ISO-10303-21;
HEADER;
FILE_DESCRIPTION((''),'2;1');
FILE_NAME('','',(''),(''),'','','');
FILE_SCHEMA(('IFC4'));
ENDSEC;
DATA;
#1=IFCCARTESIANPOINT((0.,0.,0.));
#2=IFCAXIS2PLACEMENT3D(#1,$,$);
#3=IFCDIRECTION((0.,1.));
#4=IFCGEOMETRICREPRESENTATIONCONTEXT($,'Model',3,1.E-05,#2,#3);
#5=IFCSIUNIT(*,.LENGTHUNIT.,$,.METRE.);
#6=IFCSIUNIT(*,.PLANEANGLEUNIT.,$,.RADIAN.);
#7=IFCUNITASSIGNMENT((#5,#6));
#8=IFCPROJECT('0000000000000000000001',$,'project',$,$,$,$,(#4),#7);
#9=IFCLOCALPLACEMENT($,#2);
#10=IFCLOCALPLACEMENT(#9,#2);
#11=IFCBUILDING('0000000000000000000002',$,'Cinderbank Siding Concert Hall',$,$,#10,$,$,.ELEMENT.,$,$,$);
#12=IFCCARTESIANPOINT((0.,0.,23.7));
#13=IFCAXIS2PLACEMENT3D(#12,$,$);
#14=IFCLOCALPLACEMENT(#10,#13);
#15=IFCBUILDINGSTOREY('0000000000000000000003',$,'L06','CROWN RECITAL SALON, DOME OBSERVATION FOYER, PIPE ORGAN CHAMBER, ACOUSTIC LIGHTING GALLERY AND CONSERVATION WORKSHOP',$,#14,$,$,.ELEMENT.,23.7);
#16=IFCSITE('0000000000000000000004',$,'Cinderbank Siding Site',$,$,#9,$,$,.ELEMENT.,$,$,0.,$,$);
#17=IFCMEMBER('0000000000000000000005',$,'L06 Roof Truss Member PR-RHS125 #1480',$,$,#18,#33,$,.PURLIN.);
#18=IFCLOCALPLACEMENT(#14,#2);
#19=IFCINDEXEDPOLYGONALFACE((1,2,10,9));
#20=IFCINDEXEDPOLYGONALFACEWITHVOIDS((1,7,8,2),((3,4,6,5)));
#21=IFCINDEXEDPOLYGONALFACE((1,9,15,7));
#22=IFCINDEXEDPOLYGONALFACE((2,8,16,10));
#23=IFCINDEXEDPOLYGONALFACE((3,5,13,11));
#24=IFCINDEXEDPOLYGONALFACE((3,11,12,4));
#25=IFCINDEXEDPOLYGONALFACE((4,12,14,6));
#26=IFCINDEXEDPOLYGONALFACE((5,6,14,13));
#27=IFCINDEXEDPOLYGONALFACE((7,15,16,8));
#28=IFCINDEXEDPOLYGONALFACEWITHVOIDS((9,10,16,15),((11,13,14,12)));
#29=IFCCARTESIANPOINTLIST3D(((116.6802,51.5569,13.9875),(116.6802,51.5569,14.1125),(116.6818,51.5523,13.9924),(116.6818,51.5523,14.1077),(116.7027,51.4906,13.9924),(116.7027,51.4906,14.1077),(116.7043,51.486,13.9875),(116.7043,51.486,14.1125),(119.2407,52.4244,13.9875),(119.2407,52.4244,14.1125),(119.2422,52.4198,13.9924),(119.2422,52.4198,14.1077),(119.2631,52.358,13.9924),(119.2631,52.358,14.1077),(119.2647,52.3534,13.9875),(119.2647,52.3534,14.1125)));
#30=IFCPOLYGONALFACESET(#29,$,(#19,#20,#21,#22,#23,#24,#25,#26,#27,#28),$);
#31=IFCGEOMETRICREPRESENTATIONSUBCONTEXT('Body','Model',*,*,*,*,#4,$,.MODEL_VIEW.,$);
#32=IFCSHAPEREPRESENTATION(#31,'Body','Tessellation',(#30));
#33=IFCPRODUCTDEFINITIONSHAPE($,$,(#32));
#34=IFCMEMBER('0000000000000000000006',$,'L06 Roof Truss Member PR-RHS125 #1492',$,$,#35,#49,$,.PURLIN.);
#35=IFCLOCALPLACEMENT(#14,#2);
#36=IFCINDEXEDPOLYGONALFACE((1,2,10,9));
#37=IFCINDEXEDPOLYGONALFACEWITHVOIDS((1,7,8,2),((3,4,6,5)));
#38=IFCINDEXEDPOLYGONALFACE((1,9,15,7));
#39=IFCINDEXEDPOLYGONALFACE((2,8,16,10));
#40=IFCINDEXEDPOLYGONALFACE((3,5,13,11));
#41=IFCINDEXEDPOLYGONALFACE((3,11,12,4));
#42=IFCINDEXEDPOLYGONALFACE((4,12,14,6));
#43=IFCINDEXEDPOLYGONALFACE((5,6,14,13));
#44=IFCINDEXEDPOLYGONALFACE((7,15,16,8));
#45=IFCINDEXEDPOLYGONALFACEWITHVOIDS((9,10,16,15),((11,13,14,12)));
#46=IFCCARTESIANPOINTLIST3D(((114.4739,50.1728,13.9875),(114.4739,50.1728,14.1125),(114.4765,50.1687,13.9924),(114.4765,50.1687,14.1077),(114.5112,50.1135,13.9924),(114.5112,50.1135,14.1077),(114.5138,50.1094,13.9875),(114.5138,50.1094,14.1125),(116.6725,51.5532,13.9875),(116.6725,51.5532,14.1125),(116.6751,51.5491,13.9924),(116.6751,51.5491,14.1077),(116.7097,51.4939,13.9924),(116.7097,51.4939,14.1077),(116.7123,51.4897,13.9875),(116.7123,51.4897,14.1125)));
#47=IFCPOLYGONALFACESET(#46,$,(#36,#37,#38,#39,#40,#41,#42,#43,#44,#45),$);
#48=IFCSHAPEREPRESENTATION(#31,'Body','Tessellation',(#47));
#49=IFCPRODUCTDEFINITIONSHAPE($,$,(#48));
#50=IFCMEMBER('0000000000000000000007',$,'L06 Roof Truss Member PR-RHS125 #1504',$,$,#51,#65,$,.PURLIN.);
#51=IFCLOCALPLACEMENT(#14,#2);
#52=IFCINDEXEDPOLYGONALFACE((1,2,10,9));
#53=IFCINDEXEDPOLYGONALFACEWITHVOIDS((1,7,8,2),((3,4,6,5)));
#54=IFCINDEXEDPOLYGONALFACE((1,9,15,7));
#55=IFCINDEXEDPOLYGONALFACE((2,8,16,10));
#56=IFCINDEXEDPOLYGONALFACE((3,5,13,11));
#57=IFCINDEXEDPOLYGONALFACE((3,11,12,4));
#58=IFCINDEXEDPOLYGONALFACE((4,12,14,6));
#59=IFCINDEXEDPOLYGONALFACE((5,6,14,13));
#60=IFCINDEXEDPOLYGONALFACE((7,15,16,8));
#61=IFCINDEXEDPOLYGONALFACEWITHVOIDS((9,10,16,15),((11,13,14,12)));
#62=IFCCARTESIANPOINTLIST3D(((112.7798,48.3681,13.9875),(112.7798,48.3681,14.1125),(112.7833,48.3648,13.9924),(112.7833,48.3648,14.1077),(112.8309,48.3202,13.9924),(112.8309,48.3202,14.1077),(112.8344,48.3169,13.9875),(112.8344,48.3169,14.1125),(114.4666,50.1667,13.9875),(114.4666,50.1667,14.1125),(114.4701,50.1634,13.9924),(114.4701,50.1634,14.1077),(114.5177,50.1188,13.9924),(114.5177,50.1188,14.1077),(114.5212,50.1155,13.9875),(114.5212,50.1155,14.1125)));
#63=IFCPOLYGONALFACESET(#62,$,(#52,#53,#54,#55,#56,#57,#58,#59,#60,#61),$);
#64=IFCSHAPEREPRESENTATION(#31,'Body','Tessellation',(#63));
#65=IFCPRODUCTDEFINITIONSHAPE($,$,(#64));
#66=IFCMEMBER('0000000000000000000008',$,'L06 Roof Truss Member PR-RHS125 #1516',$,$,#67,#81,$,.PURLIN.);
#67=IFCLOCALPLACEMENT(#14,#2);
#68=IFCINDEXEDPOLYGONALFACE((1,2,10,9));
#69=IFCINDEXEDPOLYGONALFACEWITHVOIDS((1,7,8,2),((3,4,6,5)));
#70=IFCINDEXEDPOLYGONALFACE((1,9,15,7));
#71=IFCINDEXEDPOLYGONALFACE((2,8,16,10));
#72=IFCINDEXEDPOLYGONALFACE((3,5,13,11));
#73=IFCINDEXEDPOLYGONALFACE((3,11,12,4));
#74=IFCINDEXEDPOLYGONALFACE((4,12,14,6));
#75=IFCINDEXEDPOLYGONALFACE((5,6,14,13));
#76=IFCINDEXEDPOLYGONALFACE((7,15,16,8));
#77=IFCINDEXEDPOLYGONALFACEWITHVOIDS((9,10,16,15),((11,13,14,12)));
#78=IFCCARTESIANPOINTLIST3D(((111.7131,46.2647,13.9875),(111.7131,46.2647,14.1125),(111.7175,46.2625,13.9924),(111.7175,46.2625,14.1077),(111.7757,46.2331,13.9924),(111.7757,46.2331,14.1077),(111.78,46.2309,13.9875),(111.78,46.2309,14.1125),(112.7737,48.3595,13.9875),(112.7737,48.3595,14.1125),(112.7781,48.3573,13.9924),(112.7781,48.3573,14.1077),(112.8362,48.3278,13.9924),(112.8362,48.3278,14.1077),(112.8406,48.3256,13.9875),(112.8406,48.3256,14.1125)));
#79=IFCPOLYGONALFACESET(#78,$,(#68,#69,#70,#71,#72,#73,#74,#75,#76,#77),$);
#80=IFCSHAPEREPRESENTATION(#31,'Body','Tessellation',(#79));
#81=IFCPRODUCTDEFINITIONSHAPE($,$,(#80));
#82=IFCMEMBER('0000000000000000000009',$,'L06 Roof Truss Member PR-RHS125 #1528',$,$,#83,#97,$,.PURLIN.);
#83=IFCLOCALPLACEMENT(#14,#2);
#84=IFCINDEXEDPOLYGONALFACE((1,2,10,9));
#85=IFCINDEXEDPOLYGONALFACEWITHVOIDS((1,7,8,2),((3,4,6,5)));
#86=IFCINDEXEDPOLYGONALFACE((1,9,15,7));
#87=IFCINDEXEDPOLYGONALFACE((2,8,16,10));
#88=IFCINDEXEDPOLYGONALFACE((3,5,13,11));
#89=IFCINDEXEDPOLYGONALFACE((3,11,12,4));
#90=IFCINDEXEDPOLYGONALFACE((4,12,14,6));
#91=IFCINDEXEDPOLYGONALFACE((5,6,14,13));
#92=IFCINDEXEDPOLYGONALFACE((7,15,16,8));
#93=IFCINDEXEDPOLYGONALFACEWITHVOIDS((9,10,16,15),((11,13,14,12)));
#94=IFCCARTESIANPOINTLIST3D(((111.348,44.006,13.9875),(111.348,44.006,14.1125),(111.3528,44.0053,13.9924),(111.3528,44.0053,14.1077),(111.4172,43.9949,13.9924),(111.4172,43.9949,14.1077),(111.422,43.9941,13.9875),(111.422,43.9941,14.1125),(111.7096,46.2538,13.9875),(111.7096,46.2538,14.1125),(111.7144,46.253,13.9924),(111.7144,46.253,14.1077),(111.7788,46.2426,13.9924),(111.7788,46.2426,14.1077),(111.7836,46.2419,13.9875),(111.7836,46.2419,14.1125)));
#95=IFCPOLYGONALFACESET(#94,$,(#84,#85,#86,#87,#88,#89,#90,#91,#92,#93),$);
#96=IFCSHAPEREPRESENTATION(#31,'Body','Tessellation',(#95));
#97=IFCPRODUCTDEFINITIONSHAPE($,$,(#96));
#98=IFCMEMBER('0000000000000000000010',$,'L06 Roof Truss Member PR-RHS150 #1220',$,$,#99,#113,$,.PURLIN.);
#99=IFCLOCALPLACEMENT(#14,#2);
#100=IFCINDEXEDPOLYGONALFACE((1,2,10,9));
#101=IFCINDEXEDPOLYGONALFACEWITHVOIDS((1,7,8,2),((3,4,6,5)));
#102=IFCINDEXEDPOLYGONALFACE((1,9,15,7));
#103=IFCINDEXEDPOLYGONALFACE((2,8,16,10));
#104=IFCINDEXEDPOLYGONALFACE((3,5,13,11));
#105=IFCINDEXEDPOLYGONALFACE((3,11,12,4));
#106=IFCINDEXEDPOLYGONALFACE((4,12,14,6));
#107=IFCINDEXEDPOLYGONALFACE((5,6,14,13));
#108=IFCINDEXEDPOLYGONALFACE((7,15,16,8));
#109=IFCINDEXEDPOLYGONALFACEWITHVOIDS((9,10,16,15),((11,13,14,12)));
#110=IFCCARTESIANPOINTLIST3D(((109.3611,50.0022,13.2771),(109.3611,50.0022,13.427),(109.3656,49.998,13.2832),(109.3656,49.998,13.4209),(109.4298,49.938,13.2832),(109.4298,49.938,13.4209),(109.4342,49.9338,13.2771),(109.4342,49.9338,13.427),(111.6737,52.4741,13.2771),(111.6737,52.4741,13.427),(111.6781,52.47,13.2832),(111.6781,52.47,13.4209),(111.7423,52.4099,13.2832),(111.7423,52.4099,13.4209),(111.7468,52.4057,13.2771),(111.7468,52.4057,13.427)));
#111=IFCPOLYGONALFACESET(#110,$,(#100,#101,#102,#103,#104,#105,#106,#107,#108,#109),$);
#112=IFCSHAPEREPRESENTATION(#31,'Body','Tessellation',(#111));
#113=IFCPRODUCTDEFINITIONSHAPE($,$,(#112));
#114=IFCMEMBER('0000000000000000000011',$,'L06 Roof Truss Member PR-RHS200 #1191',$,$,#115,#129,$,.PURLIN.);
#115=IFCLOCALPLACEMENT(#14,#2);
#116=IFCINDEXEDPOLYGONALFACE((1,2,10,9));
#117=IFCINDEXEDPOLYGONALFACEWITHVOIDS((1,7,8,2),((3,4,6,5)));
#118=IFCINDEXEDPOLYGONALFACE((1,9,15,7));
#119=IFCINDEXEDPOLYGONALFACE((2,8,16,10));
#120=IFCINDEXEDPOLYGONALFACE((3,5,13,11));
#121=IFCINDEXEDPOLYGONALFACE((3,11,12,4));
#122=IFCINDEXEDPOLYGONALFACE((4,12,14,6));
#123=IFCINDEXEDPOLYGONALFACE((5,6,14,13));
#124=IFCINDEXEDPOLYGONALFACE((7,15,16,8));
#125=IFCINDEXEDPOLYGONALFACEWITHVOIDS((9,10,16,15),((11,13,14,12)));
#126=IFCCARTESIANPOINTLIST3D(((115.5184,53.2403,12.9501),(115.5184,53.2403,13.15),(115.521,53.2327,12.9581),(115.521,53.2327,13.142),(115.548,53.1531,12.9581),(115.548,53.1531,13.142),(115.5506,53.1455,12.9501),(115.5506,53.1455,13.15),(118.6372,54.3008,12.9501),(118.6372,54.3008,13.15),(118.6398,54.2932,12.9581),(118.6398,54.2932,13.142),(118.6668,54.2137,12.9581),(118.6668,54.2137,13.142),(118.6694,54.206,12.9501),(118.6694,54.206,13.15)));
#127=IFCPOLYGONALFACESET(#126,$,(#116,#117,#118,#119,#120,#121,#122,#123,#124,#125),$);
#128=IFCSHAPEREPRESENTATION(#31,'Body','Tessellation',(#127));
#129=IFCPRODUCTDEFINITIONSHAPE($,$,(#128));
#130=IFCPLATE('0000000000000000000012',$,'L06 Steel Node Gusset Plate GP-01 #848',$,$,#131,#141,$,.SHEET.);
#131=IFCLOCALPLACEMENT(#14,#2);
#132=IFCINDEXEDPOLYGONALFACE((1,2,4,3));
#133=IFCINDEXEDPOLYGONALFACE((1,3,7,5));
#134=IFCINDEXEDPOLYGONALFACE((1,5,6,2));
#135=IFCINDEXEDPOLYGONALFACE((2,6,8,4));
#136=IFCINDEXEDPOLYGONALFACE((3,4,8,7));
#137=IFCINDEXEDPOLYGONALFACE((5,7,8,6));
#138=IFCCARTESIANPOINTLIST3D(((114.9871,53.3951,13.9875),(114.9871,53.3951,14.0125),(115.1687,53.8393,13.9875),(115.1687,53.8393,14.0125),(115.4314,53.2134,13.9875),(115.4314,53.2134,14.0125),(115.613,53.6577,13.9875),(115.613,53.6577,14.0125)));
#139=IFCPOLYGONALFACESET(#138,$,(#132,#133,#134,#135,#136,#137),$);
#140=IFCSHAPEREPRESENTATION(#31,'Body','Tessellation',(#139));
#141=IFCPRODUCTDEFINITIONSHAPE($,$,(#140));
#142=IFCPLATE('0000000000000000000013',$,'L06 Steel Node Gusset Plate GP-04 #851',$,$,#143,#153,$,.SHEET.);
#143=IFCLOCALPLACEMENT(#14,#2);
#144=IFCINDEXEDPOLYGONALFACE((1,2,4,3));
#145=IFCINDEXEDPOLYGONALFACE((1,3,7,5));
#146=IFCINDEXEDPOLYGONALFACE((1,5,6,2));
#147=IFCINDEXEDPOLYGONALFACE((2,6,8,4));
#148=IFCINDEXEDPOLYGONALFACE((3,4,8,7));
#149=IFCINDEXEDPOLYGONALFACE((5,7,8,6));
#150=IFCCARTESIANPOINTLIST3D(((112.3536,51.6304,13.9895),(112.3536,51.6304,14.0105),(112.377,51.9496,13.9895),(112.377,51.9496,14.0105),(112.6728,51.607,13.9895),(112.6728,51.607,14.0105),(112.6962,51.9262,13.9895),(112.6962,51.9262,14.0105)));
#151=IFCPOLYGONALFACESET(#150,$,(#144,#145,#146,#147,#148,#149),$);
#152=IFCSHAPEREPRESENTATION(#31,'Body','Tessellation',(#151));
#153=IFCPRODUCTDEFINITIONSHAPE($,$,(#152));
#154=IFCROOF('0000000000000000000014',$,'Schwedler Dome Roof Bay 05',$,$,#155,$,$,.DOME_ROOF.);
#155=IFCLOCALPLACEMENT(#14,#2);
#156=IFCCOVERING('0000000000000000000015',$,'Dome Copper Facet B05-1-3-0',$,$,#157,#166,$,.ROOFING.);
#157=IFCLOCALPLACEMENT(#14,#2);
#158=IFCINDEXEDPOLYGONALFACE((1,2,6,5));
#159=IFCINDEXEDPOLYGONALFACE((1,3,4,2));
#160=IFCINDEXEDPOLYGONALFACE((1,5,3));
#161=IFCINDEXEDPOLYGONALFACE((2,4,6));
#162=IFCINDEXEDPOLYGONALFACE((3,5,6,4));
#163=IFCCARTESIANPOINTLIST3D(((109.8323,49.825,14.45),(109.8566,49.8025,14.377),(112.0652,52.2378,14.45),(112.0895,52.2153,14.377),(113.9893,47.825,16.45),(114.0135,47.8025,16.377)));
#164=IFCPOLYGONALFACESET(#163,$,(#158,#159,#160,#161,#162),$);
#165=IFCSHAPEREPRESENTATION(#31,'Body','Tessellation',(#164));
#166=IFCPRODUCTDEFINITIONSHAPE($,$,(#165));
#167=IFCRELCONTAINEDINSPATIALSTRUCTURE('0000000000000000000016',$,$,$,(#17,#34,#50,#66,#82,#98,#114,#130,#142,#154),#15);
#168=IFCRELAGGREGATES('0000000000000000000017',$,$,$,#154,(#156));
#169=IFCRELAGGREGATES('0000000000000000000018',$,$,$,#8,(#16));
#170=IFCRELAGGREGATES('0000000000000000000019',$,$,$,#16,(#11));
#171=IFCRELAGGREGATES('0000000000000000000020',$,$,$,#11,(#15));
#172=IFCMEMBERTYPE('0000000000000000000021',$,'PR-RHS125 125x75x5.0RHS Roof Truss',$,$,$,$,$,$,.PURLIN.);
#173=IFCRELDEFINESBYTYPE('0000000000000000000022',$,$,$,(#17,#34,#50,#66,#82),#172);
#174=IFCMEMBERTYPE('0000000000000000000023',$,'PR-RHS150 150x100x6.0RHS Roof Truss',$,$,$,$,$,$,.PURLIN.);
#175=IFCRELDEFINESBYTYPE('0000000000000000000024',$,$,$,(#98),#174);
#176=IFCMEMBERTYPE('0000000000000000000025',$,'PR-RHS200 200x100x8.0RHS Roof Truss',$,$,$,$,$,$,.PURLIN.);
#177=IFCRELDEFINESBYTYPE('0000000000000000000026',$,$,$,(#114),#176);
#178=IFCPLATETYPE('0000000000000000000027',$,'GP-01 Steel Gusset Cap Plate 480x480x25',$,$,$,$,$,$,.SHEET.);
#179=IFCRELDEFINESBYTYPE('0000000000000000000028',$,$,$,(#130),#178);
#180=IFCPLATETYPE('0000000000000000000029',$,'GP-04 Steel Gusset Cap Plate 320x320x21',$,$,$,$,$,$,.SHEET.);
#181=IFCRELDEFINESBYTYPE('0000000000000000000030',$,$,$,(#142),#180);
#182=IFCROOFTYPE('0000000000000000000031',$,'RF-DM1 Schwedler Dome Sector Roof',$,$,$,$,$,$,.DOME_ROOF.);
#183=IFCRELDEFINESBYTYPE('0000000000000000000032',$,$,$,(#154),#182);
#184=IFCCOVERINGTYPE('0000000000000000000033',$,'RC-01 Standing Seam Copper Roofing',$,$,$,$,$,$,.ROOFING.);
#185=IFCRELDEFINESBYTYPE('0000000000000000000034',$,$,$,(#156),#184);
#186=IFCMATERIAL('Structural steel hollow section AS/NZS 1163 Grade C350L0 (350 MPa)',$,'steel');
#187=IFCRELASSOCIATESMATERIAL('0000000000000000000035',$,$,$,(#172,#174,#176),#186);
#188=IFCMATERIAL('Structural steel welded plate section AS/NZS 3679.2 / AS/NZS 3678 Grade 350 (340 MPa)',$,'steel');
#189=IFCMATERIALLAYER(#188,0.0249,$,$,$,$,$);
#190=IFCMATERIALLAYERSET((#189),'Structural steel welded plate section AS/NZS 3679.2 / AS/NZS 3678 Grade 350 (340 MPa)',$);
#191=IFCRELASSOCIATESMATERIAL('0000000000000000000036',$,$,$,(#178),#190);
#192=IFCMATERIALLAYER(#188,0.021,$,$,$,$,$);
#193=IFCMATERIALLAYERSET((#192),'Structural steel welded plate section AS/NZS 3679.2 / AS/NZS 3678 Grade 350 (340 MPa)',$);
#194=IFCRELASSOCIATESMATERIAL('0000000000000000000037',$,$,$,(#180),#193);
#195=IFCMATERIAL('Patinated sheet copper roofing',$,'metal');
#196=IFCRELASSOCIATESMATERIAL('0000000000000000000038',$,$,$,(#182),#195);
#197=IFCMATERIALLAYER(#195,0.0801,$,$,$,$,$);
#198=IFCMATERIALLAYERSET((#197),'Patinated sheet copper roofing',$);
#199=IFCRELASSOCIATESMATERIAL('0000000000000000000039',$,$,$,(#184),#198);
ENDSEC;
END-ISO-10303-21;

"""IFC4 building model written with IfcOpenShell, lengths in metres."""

from ifc_helpers import new_model, si_unit, direction, frame, origin, origin_2d, place, context, subcontext, project, spatial, polyline, rectangle, hollow_rectangle, outline, extrude, material, layer, layer_set, material_profile, profile_set, type_object, element, aggregate, save


model = new_model("IFC4")

# Units and contexts
model_context = context("Model", 3, precision=1e-05, world=origin(), true_north=direction((0.0, 1.0)))
body_context = subcontext(model_context, "Body", "Model", "MODEL_VIEW")
ifc_project = project(units=[si_unit("LENGTHUNIT", "METRE"), si_unit("PLANEANGLEUNIT", "RADIAN")], contexts=[model_context])

# Site, building, storey
site_placement = place(None, origin())
site = spatial("IfcSite", under=ifc_project, at=site_placement, Name="Cinderbank Siding Site", CompositionType="ELEMENT", RefElevation=0.0)
building_placement = place(site_placement, origin())
building = spatial("IfcBuilding", under=site, at=building_placement, Name="Cinderbank Siding Concert Hall", CompositionType="ELEMENT")
storey_placement = place(building_placement, frame((0.0, 0.0, 23.7)))
storey = spatial("IfcBuildingStorey", under=building, at=storey_placement, Name="L06", Description="CROWN RECITAL SALON, DOME OBSERVATION FOYER, PIPE ORGAN CHAMBER, ACOUSTIC LIGHTING GALLERY AND CONSERVATION WORKSHOP", CompositionType="ELEMENT", Elevation=23.7)

# Members
ifc_material_1 = material(Name="Structural steel hollow section AS/NZS 1163 Grade C350L0 (350 MPa)", Category="steel")
ifc_material_profile_1 = material_profile(ifc_material_1, hollow_rectangle(XDim=0.075, YDim=0.125, WallThickness=0.0049, at=origin_2d()), Name="125x75x5.0RHS", Category="LoadBearing")
ifc_profile_set_1 = profile_set([ifc_material_profile_1], Name="Structural steel hollow section AS/NZS 1163 Grade C350L0 (350 MPa)")
member_type_1 = type_object("IfcMemberType", Name="PR-RHS125 125x75x5.0RHS Roof Truss", PredefinedType="PURLIN", material=ifc_profile_set_1)
member_1_placement = place(storey_placement, frame((119.2527, 52.3889, 14.05), z_axis=(-0.947118, -0.320884, 0.0), x_axis=(0.320884, -0.947118, 0.0)))
element("IfcMember", 1, at=member_1_placement, inside=storey, type_object=member_type_1, Name="L06 Roof Truss Member PR-RHS125 #1480", PredefinedType="PURLIN", context=body_context, shape_type="SweptSolid", body=[
    extrude(hollow_rectangle(XDim=0.075, YDim=0.125, WallThickness=0.0049, at=origin_2d()), origin(), (0.0, 0.0, 1.0), 2.7034),
])
member_2_placement = place(storey_placement, frame((116.6924, 51.5215, 14.05), z_axis=(-0.846903, -0.531748, 0.0), x_axis=(0.531748, -0.846903, 0.0)))
element("IfcMember", 2, at=member_2_placement, inside=storey, type_object=member_type_1, Name="L06 Roof Truss Member PR-RHS125 #1492", PredefinedType="PURLIN", context=body_context, shape_type="SweptSolid", body=[
    extrude(hollow_rectangle(XDim=0.075, YDim=0.125, WallThickness=0.0049, at=origin_2d()), origin(), (0.0, 0.0, 1.0), 2.5959),
])
member_3_placement = place(storey_placement, frame((114.4939, 50.1411, 14.05), z_axis=(-0.68407, -0.729417, 0.0), x_axis=(0.729417, -0.68407, 0.0)))
element("IfcMember", 3, at=member_3_placement, inside=storey, type_object=member_type_1, Name="L06 Roof Truss Member PR-RHS125 #1504", PredefinedType="PURLIN", context=body_context, shape_type="SweptSolid", body=[
    extrude(hollow_rectangle(XDim=0.075, YDim=0.125, WallThickness=0.0049, at=origin_2d()), origin(), (0.0, 0.0, 1.0), 2.4658),
])
member_4_placement = place(storey_placement, frame((112.8071, 48.3425, 14.05), z_axis=(-0.4517, -0.89217, 0.0), x_axis=(0.89217, -0.4517, 0.0)))
element("IfcMember", 4, at=member_4_placement, inside=storey, type_object=member_type_1, Name="L06 Roof Truss Member PR-RHS125 #1516", PredefinedType="PURLIN", context=body_context, shape_type="SweptSolid", body=[
    extrude(hollow_rectangle(XDim=0.075, YDim=0.125, WallThickness=0.0049, at=origin_2d()), origin(), (0.0, 0.0, 1.0), 2.3479),
])
member_5_placement = place(storey_placement, frame((111.7466, 46.2478, 14.05), z_axis=(-0.158814, -0.987308, 0.0), x_axis=(0.987308, -0.158814, 0.0)))
element("IfcMember", 5, at=member_5_placement, inside=storey, type_object=member_type_1, Name="L06 Roof Truss Member PR-RHS125 #1528", PredefinedType="PURLIN", context=body_context, shape_type="SweptSolid", body=[
    extrude(hollow_rectangle(XDim=0.075, YDim=0.125, WallThickness=0.0049, at=origin_2d()), origin(), (0.0, 0.0, 1.0), 2.2766),
])
ifc_material_profile_2 = material_profile(ifc_material_1, hollow_rectangle(XDim=0.1001, YDim=0.1499, WallThickness=0.0061, at=origin_2d()), Name="150x100x6.0RHS", Category="LoadBearing")
ifc_profile_set_2 = profile_set([ifc_material_profile_2], Name="Structural steel hollow section AS/NZS 1163 Grade C350L0 (350 MPa)")
member_type_2 = type_object("IfcMemberType", Name="PR-RHS150 150x100x6.0RHS Roof Truss", PredefinedType="PURLIN", material=ifc_profile_set_2)
member_6_placement = place(storey_placement, frame((111.7102, 52.4399, 13.3521), z_axis=(-0.683166, -0.730263, 0.0), x_axis=(0.730263, -0.683166, 0.0)))
element("IfcMember", 6, at=member_6_placement, inside=storey, type_object=member_type_2, Name="L06 Roof Truss Member PR-RHS150 #1220", PredefinedType="PURLIN", context=body_context, shape_type="SweptSolid", body=[
    extrude(hollow_rectangle(XDim=0.1001, YDim=0.1499, WallThickness=0.0061, at=origin_2d()), origin(), (0.0, 0.0, 1.0), 3.385),
])
ifc_material_profile_3 = material_profile(ifc_material_1, hollow_rectangle(XDim=0.1001, YDim=0.2, WallThickness=0.0081, at=origin_2d()), Name="200x100x8.0RHS", Category="LoadBearing")
ifc_profile_set_3 = profile_set([ifc_material_profile_3], Name="Structural steel hollow section AS/NZS 1163 Grade C350L0 (350 MPa)")
member_type_3 = type_object("IfcMemberType", Name="PR-RHS200 200x100x8.0RHS Roof Truss", PredefinedType="PURLIN", material=ifc_profile_set_3)
member_7_placement = place(storey_placement, frame((118.6533, 54.2534, 13.05), z_axis=(-0.946761, -0.321936, 0.0), x_axis=(0.321936, -0.946761, 0.0)))
element("IfcMember", 7, at=member_7_placement, inside=storey, type_object=member_type_3, Name="L06 Roof Truss Member PR-RHS200 #1191", PredefinedType="PURLIN", context=body_context, shape_type="SweptSolid", body=[
    extrude(hollow_rectangle(XDim=0.1001, YDim=0.2, WallThickness=0.0081, at=origin_2d()), origin(), (0.0, 0.0, 1.0), 3.2942),
])

# Plates
ifc_material_2 = material(Name="Structural steel welded plate section AS/NZS 3679.2 / AS/NZS 3678 Grade 350 (340 MPa)", Category="steel")
ifc_layer_1 = layer(ifc_material_2, 0.0249)
ifc_layer_set_1 = layer_set([ifc_layer_1], Name="Structural steel welded plate section AS/NZS 3679.2 / AS/NZS 3678 Grade 350 (340 MPa)")
plate_type_1 = type_object("IfcPlateType", Name="GP-01 Steel Gusset Cap Plate 480x480x25", PredefinedType="SHEET", material=ifc_layer_set_1)
plate_1_placement = place(storey_placement, frame((115.3, 53.5264, 13.9875), z_axis=(0.0, 0.0, 1.0), x_axis=(-0.378487, -0.925607, 0.0)))
element("IfcPlate", 8, at=plate_1_placement, inside=storey, type_object=plate_type_1, Name="L06 Steel Node Gusset Plate GP-01 #848", PredefinedType="SHEET", context=body_context, shape_type="SweptSolid", body=[
    extrude(rectangle(XDim=0.48, YDim=0.48, at=origin_2d()), origin(), (0.0, 0.0, 1.0), 0.0249),
])
ifc_layer_2 = layer(ifc_material_2, 0.021)
ifc_layer_set_2 = layer_set([ifc_layer_2], Name="Structural steel welded plate section AS/NZS 3679.2 / AS/NZS 3678 Grade 350 (340 MPa)")
plate_type_2 = type_object("IfcPlateType", Name="GP-04 Steel Gusset Cap Plate 320x320x21", PredefinedType="SHEET", material=ifc_layer_set_2)
plate_2_placement = place(storey_placement, frame((112.5249, 51.7783, 13.9895), z_axis=(0.0, 0.0, 1.0), x_axis=(-0.073064, -0.997327, 0.0)))
element("IfcPlate", 9, at=plate_2_placement, inside=storey, type_object=plate_type_2, Name="L06 Steel Node Gusset Plate GP-04 #851", PredefinedType="SHEET", context=body_context, shape_type="SweptSolid", body=[
    extrude(rectangle(XDim=0.3201, YDim=0.3201, at=origin_2d()), origin(), (0.0, 0.0, 1.0), 0.021),
])

# Roof, covering
ifc_material_3 = material(Name="Patinated sheet copper roofing", Category="metal")
roof_type = type_object("IfcRoofType", Name="RF-DM1 Schwedler Dome Sector Roof", PredefinedType="DOME_ROOF", material=ifc_material_3)
roof_placement = place(storey_placement, origin())
roof = element("IfcRoof", 10, at=roof_placement, inside=storey, type_object=roof_type, Name="Schwedler Dome Roof Bay 05", PredefinedType="DOME_ROOF")
ifc_layer_3 = layer(ifc_material_3, 0.0801)
ifc_layer_set_3 = layer_set([ifc_layer_3], Name="Patinated sheet copper roofing")
covering_type = type_object("IfcCoveringType", Name="RC-01 Standing Seam Copper Roofing", PredefinedType="ROOFING", material=ifc_layer_set_3)
covering_placement = place(storey_placement, frame((112.0652, 52.2378, 14.45), z_axis=(-0.30317, 0.280562, 0.910699), x_axis=(-0.679211, -0.733943, 0.0)))
covering = element("IfcCovering", 11, at=covering_placement, type_object=covering_type, Name="Dome Copper Facet B05-1-3-0", PredefinedType="ROOFING", context=body_context, shape_type="SweptSolid", body=[
    extrude(outline(polyline([(0.0, 0.0), (3.2875, 0.0), (1.9319, 4.8418), (0.0, 0.0)])), origin(), (0.0, 0.0, -1.0), 0.0801),
])
aggregate(roof, [covering])

save(model, "model.ifc")
